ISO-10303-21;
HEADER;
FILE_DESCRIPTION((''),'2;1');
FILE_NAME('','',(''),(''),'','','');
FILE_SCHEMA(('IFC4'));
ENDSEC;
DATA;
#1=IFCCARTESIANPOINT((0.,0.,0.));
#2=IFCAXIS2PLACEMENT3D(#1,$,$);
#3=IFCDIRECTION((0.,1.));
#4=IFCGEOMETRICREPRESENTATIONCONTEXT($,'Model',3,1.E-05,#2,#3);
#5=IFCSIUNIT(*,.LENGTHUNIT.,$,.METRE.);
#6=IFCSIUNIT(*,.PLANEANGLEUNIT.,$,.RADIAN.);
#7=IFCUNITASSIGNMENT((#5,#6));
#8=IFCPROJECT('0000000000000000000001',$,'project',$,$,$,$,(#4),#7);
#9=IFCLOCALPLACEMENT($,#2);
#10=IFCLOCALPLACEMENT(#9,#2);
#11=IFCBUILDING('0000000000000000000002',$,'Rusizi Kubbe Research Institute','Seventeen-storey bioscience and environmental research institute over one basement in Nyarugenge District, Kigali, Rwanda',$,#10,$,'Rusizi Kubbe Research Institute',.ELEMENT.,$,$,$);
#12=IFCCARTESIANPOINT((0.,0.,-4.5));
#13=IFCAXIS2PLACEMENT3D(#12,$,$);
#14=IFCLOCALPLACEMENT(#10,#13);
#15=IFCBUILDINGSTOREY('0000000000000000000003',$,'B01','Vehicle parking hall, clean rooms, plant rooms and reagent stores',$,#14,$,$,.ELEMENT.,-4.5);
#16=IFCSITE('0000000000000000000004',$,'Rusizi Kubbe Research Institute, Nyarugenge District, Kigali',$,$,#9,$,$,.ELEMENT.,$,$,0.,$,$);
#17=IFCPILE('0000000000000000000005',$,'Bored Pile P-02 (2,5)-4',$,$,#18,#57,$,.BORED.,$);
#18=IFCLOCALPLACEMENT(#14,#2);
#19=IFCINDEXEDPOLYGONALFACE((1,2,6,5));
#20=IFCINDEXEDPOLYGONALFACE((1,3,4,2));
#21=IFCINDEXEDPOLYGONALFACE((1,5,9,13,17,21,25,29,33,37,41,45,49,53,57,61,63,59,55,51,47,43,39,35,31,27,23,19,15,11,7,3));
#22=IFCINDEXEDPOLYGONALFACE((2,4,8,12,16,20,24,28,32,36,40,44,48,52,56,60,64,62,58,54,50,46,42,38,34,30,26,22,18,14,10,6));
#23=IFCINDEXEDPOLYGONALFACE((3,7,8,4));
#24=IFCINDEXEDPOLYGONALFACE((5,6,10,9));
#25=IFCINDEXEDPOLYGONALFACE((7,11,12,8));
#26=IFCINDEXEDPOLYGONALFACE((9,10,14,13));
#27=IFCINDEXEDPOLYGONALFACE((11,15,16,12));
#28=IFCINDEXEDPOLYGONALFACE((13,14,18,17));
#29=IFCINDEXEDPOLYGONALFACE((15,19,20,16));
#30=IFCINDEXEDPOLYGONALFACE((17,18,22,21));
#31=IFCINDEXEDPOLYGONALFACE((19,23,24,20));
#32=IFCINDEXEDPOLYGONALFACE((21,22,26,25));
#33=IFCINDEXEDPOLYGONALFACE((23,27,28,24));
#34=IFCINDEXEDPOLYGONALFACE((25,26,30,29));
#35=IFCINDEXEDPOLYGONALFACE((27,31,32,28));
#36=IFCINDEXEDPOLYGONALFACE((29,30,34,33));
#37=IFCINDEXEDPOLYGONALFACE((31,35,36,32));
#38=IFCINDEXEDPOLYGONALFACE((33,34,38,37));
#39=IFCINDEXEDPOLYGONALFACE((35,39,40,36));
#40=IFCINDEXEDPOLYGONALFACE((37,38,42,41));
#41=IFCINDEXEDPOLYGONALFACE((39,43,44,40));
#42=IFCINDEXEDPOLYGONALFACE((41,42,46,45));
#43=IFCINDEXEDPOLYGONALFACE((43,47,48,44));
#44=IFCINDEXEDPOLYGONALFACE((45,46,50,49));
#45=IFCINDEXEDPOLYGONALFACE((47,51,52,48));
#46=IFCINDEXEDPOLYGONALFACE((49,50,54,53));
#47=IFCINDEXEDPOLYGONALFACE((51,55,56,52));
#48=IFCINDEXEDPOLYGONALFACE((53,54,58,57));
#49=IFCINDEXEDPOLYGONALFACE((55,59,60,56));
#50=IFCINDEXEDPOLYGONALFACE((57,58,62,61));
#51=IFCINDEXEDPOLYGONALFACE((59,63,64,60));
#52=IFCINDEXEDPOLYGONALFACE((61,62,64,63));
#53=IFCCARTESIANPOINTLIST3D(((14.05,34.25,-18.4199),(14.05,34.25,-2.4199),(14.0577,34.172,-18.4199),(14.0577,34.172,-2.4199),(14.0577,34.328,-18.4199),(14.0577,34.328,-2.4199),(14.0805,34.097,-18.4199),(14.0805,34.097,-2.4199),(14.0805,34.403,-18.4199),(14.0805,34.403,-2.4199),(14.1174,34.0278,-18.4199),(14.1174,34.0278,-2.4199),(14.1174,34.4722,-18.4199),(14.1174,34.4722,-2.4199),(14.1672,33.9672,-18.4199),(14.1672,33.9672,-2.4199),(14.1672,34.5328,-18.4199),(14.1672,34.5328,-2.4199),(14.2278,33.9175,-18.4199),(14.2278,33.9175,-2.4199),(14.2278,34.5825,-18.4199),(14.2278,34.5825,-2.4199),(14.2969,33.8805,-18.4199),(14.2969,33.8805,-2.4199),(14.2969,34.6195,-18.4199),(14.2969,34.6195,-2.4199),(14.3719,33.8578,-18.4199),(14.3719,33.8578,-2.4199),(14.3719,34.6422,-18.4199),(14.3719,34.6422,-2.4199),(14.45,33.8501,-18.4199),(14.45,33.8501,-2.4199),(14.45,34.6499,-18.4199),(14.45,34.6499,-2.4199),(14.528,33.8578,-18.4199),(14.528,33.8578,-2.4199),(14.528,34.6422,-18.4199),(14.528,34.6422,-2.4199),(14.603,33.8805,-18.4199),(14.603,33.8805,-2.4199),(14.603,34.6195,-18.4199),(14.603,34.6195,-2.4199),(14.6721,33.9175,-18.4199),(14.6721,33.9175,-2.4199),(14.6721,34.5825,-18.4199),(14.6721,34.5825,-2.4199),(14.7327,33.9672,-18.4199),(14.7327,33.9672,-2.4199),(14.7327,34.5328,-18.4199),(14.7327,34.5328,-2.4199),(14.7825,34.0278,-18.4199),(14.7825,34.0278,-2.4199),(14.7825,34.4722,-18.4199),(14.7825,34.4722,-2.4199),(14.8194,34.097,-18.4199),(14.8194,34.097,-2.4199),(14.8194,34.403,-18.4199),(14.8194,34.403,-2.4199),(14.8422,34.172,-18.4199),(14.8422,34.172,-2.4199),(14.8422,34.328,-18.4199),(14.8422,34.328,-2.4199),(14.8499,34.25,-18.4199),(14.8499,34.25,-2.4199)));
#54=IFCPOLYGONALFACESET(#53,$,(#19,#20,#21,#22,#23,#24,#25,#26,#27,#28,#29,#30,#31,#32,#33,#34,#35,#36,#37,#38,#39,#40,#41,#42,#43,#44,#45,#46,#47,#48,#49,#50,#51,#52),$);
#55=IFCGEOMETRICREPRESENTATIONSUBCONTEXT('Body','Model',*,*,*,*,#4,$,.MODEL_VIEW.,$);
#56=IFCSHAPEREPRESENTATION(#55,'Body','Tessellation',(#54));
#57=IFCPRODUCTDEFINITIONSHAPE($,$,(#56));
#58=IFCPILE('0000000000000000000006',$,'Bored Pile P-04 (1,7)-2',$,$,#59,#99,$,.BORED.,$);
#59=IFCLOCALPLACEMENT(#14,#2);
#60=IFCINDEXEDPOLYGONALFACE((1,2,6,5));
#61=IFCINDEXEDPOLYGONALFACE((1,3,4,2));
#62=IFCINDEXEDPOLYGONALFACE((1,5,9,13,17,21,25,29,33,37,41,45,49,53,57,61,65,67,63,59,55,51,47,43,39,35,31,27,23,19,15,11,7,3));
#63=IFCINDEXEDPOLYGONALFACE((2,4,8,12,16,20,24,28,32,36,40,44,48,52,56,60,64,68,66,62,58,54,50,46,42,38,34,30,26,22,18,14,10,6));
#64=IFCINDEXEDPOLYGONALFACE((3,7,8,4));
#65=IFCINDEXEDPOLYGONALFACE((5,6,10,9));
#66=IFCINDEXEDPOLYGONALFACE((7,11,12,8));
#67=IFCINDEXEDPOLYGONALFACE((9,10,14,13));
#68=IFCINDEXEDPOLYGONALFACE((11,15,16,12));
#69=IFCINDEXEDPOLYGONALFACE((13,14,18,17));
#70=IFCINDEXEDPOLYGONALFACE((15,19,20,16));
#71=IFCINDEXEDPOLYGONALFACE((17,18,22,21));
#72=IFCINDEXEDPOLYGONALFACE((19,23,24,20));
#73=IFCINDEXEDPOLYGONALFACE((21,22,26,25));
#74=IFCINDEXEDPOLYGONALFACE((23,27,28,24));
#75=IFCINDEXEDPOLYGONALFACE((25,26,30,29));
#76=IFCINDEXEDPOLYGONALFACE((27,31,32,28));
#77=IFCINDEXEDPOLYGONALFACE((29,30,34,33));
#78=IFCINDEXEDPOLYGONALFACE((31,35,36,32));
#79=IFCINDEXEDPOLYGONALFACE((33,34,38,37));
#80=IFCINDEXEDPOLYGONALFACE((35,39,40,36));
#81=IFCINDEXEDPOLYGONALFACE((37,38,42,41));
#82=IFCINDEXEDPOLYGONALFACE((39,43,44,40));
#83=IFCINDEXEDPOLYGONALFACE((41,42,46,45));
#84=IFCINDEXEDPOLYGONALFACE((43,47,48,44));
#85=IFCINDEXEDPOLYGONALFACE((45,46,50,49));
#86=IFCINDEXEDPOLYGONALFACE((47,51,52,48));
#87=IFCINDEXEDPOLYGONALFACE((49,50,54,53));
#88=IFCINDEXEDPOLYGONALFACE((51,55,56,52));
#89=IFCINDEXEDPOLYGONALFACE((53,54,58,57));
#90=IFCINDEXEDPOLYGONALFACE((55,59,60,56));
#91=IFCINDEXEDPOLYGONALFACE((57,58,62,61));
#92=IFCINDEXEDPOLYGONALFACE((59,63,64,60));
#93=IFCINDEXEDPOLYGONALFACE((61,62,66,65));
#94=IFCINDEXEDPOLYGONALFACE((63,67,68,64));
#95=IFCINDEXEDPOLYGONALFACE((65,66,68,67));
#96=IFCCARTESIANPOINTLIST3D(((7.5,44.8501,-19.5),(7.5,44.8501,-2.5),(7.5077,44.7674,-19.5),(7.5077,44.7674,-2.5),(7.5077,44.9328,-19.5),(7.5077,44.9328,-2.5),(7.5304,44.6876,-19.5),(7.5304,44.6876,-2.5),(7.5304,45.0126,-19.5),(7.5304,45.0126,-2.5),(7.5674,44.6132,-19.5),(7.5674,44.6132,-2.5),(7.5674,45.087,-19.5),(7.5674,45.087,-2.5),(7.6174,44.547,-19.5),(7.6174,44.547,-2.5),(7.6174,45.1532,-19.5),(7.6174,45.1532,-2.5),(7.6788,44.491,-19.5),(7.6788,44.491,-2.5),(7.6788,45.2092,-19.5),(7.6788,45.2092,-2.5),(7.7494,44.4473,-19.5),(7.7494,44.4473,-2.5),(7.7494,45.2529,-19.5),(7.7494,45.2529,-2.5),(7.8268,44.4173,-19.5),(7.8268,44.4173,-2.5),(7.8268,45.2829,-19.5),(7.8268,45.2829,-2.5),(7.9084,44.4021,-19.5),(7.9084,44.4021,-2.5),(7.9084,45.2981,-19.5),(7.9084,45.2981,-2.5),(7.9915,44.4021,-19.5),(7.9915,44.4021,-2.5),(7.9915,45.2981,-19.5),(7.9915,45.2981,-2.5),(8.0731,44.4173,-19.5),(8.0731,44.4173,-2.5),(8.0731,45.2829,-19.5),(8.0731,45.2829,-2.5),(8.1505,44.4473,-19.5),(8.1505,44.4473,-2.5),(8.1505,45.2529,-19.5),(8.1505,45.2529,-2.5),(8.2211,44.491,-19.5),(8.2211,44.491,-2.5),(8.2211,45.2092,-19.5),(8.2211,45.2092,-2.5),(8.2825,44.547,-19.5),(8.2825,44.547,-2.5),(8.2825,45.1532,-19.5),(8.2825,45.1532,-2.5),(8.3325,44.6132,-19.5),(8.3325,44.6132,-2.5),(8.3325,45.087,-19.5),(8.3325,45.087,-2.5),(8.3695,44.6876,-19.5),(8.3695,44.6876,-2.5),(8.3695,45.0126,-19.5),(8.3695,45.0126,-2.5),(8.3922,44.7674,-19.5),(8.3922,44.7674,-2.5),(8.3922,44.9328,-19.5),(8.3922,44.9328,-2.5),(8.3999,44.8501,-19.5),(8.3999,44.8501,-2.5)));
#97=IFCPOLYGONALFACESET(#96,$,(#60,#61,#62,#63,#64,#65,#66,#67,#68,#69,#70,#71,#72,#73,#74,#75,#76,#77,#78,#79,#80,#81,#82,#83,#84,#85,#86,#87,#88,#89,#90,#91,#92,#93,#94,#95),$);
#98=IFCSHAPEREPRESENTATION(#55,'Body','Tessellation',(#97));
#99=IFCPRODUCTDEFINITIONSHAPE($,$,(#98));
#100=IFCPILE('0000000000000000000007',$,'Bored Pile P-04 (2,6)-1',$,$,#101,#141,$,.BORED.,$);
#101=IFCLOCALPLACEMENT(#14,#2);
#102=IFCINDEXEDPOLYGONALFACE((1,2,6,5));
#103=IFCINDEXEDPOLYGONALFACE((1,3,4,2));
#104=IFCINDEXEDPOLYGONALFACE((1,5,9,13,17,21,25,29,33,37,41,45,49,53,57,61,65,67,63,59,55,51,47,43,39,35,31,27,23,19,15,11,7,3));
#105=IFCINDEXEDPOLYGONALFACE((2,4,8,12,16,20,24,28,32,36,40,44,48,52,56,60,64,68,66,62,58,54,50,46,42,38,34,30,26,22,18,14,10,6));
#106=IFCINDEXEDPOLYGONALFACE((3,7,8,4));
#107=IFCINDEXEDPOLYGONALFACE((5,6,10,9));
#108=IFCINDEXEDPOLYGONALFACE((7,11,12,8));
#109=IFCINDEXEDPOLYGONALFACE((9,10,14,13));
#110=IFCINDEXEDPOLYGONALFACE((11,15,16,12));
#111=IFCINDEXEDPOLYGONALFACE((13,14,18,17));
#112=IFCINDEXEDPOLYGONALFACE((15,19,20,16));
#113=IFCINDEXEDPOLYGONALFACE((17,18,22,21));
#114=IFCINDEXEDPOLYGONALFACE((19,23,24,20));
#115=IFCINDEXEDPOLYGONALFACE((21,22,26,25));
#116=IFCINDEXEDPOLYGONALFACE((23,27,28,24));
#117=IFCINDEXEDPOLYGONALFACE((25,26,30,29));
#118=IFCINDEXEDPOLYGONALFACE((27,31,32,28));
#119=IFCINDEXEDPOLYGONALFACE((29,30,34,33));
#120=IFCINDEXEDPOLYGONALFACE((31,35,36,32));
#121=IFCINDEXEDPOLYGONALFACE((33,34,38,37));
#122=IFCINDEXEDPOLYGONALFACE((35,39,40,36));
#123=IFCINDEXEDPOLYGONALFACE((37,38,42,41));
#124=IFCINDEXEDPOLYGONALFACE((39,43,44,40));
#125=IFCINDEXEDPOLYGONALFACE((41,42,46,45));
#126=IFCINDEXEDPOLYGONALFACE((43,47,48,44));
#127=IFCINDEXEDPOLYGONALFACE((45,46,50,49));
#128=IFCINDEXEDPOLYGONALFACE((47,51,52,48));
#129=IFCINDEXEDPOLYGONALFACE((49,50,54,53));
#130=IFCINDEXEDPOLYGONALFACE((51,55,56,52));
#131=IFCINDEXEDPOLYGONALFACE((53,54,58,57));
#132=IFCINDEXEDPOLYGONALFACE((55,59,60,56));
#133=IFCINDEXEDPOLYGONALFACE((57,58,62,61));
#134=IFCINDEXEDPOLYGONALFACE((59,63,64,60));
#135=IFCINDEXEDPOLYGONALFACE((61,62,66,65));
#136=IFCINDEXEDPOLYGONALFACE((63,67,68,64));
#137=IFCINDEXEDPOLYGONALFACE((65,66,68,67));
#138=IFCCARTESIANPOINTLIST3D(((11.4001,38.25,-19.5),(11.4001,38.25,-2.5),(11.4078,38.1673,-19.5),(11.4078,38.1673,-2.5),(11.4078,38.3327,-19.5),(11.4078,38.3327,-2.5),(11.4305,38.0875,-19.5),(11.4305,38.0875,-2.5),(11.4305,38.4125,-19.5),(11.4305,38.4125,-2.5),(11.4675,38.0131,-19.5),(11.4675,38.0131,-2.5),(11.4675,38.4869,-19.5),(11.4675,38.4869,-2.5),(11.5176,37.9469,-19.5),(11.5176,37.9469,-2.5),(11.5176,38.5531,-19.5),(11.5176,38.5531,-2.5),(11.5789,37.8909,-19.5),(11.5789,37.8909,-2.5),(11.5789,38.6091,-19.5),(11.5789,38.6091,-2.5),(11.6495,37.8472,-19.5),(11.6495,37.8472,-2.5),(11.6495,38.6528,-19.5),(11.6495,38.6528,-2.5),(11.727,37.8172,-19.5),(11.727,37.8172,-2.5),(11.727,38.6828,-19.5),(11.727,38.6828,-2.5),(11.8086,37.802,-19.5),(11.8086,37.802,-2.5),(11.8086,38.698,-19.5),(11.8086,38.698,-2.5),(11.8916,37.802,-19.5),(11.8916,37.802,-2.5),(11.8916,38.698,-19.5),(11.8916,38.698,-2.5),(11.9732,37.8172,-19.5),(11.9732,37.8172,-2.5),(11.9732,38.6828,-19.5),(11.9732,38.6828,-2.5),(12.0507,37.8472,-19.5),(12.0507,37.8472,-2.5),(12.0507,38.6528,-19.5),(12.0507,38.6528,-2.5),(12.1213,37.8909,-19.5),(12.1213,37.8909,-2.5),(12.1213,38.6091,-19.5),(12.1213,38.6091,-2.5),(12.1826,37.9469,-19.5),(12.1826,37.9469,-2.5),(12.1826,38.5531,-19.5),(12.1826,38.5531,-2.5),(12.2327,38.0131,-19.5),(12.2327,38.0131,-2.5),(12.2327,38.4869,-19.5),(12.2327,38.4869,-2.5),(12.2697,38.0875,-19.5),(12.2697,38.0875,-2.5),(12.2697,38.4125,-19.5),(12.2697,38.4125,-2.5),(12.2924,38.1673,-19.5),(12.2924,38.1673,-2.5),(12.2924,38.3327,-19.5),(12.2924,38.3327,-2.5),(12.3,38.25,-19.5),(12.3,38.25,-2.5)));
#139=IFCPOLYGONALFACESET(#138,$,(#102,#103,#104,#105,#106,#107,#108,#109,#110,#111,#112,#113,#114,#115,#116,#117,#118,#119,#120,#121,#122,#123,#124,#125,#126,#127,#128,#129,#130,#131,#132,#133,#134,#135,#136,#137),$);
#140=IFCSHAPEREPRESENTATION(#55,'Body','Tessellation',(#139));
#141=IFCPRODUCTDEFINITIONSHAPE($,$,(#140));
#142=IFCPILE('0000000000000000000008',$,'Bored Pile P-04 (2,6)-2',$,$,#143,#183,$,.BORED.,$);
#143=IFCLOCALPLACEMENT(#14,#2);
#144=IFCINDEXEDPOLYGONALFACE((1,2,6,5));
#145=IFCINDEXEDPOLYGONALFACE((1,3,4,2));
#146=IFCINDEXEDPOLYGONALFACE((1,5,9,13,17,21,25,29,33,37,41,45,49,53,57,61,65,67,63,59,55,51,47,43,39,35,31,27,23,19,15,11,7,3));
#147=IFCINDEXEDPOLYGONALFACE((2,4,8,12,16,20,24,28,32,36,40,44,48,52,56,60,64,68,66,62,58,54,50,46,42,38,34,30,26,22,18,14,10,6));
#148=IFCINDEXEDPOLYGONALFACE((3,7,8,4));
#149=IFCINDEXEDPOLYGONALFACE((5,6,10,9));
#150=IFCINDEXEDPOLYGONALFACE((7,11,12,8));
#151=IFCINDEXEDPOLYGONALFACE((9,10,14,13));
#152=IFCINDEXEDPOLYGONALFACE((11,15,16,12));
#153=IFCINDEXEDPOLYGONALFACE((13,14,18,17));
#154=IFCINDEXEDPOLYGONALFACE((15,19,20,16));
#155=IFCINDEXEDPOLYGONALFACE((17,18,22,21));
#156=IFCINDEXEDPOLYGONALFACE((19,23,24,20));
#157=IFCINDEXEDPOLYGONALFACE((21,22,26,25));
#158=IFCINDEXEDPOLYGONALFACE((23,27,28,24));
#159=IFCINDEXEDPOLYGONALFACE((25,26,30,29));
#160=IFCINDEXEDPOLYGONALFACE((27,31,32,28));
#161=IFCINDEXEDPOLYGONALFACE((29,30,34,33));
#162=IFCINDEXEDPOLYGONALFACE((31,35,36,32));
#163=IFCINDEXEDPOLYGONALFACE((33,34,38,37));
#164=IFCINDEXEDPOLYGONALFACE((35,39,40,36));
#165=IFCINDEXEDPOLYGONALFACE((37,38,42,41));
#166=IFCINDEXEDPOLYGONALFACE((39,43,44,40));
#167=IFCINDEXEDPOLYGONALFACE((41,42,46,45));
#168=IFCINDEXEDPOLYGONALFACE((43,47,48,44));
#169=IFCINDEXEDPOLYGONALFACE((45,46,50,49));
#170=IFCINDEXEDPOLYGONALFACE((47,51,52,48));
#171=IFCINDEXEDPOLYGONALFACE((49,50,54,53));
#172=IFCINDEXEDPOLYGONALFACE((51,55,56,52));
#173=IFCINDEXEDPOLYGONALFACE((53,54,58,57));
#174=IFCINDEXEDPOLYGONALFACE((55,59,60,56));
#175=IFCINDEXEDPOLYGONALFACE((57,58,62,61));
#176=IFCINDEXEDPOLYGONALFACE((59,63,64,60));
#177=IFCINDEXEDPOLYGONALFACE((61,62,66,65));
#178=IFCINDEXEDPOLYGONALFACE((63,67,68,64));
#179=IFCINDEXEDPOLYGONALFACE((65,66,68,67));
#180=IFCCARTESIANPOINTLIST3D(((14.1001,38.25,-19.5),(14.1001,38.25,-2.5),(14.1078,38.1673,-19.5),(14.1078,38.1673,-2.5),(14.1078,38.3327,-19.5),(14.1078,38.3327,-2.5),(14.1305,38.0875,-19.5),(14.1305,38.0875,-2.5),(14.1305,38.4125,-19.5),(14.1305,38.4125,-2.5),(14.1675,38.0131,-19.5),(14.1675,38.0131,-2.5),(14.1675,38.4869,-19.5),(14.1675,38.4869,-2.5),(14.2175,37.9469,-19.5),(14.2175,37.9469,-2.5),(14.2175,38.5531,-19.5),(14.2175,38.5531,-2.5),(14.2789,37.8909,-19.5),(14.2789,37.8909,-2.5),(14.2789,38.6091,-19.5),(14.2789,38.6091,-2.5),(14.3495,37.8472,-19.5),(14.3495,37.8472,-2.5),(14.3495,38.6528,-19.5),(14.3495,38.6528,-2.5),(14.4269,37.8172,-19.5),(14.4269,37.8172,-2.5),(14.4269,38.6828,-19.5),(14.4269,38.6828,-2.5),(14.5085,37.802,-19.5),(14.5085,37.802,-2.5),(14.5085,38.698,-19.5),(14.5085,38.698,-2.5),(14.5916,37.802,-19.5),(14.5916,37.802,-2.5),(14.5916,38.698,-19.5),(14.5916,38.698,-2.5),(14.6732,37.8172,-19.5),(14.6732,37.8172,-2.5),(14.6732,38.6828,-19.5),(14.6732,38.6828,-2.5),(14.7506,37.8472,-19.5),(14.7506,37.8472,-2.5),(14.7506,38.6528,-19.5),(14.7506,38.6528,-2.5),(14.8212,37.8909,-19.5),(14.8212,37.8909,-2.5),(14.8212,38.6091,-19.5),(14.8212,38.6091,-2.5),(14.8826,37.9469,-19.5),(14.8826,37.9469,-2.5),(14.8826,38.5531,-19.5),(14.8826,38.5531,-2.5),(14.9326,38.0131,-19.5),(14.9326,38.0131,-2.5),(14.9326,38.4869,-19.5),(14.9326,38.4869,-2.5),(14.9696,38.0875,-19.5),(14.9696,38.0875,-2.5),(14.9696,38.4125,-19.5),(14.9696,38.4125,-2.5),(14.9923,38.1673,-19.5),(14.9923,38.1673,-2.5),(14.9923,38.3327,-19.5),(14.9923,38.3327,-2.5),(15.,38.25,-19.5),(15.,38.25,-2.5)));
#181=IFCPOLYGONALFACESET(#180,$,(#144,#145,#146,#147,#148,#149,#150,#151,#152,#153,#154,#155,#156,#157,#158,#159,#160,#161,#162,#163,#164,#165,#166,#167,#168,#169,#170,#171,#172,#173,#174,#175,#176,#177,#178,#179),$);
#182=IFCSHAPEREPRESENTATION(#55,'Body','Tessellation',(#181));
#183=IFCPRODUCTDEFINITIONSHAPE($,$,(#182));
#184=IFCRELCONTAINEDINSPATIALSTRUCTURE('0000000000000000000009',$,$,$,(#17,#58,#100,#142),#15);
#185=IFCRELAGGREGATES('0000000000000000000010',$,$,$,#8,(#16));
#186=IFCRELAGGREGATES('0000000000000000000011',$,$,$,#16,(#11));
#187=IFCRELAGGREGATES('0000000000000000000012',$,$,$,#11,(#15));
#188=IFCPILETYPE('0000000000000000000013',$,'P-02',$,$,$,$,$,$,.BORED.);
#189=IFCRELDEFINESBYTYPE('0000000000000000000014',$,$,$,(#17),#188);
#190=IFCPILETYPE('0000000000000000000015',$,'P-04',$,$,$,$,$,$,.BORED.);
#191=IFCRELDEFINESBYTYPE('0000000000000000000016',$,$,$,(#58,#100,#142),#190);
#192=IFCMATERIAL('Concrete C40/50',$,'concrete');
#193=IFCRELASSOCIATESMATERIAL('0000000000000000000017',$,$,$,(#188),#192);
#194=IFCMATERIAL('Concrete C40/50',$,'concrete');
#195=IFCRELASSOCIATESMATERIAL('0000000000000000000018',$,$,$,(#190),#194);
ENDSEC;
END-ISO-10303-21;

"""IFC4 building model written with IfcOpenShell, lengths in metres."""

from ifc_helpers import new_model, si_unit, direction, frame, origin, origin_2d, place, context, subcontext, project, spatial, circle, extrude, material, material_profile, profile_set, type_object, element, save


model = new_model("IFC4")

# Units and contexts
model_context = context("Model", 3, precision=1e-05, world=origin(), true_north=direction((0.0, 1.0)))
body_context = subcontext(model_context, "Body", "Model", "MODEL_VIEW")
ifc_project = project(units=[si_unit("LENGTHUNIT", "METRE"), si_unit("PLANEANGLEUNIT", "RADIAN")], contexts=[model_context])

# Site, building, storey
site_placement = place(None, origin())
site = spatial("IfcSite", under=ifc_project, at=site_placement, Name="Rusizi Kubbe Research Institute, Nyarugenge District, Kigali", CompositionType="ELEMENT", RefElevation=0.0)
building_placement = place(site_placement, origin())
building = spatial("IfcBuilding", under=site, at=building_placement, Name="Rusizi Kubbe Research Institute", Description="Seventeen-storey bioscience and environmental research institute over one basement in Nyarugenge District, Kigali, Rwanda", LongName="Rusizi Kubbe Research Institute", CompositionType="ELEMENT")
storey_placement = place(building_placement, frame((0.0, 0.0, -4.5)))
storey = spatial("IfcBuildingStorey", under=building, at=storey_placement, Name="B01", Description="Vehicle parking hall, clean rooms, plant rooms and reagent stores", CompositionType="ELEMENT", Elevation=-4.5)

# Piles
ifc_material_1 = material(Name="Concrete C40/50", Category="concrete")
ifc_material_profile_1 = material_profile(ifc_material_1, circle(Radius=0.3999, at=origin_2d()), Name="PILE-D800")
ifc_profile_set_1 = profile_set([ifc_material_profile_1], Name="Concrete C40/50")
pile_type_1 = type_object("IfcPileType", Name="P-02", PredefinedType="BORED", material=ifc_profile_set_1)
for number, where, z_axis, x_axis, name in (
    (1, (14.45, 34.25, -2.4199), (0.0, 0.0, -1.0), (1.0, 0.0, 0.0), "Bored Pile P-02 (2,5)-4"),
):
    element("IfcPile", number, at=place(storey_placement, frame(where, z_axis=z_axis, x_axis=x_axis)), inside=storey, type_object=pile_type_1, Name=name, PredefinedType="BORED", context=body_context, shape_type="SweptSolid", body=[
        extrude(circle(Radius=0.3999, at=origin_2d()), origin(), (0.0, 0.0, 1.0), 16.0),
    ])
ifc_material_2 = material(Name="Concrete C40/50", Category="concrete")
ifc_material_profile_2 = material_profile(ifc_material_2, circle(Radius=0.45, at=origin_2d()), Name="PILE-D900")
ifc_profile_set_2 = profile_set([ifc_material_profile_2], Name="Concrete C40/50")
pile_type_2 = type_object("IfcPileType", Name="P-04", PredefinedType="BORED", material=ifc_profile_set_2)
for number, where, z_axis, x_axis, name in (
    (2, (7.95, 44.8501, -2.5), (0.0, 0.0, -1.0), (1.0, 0.0, 0.0), "Bored Pile P-04 (1,7)-2"),
    (3, (11.8501, 38.25, -2.5), (0.0, 0.0, -1.0), (1.0, 0.0, 0.0), "Bored Pile P-04 (2,6)-1"),
    (4, (14.55, 38.25, -2.5), (0.0, 0.0, -1.0), (1.0, 0.0, 0.0), "Bored Pile P-04 (2,6)-2"),
):
    element("IfcPile", number, at=place(storey_placement, frame(where, z_axis=z_axis, x_axis=x_axis)), inside=storey, type_object=pile_type_2, Name=name, PredefinedType="BORED", context=body_context, shape_type="SweptSolid", body=[
        extrude(circle(Radius=0.45, at=origin_2d()), origin(), (0.0, 0.0, 1.0), 17.0),
    ])

save(model, "model.ifc")
